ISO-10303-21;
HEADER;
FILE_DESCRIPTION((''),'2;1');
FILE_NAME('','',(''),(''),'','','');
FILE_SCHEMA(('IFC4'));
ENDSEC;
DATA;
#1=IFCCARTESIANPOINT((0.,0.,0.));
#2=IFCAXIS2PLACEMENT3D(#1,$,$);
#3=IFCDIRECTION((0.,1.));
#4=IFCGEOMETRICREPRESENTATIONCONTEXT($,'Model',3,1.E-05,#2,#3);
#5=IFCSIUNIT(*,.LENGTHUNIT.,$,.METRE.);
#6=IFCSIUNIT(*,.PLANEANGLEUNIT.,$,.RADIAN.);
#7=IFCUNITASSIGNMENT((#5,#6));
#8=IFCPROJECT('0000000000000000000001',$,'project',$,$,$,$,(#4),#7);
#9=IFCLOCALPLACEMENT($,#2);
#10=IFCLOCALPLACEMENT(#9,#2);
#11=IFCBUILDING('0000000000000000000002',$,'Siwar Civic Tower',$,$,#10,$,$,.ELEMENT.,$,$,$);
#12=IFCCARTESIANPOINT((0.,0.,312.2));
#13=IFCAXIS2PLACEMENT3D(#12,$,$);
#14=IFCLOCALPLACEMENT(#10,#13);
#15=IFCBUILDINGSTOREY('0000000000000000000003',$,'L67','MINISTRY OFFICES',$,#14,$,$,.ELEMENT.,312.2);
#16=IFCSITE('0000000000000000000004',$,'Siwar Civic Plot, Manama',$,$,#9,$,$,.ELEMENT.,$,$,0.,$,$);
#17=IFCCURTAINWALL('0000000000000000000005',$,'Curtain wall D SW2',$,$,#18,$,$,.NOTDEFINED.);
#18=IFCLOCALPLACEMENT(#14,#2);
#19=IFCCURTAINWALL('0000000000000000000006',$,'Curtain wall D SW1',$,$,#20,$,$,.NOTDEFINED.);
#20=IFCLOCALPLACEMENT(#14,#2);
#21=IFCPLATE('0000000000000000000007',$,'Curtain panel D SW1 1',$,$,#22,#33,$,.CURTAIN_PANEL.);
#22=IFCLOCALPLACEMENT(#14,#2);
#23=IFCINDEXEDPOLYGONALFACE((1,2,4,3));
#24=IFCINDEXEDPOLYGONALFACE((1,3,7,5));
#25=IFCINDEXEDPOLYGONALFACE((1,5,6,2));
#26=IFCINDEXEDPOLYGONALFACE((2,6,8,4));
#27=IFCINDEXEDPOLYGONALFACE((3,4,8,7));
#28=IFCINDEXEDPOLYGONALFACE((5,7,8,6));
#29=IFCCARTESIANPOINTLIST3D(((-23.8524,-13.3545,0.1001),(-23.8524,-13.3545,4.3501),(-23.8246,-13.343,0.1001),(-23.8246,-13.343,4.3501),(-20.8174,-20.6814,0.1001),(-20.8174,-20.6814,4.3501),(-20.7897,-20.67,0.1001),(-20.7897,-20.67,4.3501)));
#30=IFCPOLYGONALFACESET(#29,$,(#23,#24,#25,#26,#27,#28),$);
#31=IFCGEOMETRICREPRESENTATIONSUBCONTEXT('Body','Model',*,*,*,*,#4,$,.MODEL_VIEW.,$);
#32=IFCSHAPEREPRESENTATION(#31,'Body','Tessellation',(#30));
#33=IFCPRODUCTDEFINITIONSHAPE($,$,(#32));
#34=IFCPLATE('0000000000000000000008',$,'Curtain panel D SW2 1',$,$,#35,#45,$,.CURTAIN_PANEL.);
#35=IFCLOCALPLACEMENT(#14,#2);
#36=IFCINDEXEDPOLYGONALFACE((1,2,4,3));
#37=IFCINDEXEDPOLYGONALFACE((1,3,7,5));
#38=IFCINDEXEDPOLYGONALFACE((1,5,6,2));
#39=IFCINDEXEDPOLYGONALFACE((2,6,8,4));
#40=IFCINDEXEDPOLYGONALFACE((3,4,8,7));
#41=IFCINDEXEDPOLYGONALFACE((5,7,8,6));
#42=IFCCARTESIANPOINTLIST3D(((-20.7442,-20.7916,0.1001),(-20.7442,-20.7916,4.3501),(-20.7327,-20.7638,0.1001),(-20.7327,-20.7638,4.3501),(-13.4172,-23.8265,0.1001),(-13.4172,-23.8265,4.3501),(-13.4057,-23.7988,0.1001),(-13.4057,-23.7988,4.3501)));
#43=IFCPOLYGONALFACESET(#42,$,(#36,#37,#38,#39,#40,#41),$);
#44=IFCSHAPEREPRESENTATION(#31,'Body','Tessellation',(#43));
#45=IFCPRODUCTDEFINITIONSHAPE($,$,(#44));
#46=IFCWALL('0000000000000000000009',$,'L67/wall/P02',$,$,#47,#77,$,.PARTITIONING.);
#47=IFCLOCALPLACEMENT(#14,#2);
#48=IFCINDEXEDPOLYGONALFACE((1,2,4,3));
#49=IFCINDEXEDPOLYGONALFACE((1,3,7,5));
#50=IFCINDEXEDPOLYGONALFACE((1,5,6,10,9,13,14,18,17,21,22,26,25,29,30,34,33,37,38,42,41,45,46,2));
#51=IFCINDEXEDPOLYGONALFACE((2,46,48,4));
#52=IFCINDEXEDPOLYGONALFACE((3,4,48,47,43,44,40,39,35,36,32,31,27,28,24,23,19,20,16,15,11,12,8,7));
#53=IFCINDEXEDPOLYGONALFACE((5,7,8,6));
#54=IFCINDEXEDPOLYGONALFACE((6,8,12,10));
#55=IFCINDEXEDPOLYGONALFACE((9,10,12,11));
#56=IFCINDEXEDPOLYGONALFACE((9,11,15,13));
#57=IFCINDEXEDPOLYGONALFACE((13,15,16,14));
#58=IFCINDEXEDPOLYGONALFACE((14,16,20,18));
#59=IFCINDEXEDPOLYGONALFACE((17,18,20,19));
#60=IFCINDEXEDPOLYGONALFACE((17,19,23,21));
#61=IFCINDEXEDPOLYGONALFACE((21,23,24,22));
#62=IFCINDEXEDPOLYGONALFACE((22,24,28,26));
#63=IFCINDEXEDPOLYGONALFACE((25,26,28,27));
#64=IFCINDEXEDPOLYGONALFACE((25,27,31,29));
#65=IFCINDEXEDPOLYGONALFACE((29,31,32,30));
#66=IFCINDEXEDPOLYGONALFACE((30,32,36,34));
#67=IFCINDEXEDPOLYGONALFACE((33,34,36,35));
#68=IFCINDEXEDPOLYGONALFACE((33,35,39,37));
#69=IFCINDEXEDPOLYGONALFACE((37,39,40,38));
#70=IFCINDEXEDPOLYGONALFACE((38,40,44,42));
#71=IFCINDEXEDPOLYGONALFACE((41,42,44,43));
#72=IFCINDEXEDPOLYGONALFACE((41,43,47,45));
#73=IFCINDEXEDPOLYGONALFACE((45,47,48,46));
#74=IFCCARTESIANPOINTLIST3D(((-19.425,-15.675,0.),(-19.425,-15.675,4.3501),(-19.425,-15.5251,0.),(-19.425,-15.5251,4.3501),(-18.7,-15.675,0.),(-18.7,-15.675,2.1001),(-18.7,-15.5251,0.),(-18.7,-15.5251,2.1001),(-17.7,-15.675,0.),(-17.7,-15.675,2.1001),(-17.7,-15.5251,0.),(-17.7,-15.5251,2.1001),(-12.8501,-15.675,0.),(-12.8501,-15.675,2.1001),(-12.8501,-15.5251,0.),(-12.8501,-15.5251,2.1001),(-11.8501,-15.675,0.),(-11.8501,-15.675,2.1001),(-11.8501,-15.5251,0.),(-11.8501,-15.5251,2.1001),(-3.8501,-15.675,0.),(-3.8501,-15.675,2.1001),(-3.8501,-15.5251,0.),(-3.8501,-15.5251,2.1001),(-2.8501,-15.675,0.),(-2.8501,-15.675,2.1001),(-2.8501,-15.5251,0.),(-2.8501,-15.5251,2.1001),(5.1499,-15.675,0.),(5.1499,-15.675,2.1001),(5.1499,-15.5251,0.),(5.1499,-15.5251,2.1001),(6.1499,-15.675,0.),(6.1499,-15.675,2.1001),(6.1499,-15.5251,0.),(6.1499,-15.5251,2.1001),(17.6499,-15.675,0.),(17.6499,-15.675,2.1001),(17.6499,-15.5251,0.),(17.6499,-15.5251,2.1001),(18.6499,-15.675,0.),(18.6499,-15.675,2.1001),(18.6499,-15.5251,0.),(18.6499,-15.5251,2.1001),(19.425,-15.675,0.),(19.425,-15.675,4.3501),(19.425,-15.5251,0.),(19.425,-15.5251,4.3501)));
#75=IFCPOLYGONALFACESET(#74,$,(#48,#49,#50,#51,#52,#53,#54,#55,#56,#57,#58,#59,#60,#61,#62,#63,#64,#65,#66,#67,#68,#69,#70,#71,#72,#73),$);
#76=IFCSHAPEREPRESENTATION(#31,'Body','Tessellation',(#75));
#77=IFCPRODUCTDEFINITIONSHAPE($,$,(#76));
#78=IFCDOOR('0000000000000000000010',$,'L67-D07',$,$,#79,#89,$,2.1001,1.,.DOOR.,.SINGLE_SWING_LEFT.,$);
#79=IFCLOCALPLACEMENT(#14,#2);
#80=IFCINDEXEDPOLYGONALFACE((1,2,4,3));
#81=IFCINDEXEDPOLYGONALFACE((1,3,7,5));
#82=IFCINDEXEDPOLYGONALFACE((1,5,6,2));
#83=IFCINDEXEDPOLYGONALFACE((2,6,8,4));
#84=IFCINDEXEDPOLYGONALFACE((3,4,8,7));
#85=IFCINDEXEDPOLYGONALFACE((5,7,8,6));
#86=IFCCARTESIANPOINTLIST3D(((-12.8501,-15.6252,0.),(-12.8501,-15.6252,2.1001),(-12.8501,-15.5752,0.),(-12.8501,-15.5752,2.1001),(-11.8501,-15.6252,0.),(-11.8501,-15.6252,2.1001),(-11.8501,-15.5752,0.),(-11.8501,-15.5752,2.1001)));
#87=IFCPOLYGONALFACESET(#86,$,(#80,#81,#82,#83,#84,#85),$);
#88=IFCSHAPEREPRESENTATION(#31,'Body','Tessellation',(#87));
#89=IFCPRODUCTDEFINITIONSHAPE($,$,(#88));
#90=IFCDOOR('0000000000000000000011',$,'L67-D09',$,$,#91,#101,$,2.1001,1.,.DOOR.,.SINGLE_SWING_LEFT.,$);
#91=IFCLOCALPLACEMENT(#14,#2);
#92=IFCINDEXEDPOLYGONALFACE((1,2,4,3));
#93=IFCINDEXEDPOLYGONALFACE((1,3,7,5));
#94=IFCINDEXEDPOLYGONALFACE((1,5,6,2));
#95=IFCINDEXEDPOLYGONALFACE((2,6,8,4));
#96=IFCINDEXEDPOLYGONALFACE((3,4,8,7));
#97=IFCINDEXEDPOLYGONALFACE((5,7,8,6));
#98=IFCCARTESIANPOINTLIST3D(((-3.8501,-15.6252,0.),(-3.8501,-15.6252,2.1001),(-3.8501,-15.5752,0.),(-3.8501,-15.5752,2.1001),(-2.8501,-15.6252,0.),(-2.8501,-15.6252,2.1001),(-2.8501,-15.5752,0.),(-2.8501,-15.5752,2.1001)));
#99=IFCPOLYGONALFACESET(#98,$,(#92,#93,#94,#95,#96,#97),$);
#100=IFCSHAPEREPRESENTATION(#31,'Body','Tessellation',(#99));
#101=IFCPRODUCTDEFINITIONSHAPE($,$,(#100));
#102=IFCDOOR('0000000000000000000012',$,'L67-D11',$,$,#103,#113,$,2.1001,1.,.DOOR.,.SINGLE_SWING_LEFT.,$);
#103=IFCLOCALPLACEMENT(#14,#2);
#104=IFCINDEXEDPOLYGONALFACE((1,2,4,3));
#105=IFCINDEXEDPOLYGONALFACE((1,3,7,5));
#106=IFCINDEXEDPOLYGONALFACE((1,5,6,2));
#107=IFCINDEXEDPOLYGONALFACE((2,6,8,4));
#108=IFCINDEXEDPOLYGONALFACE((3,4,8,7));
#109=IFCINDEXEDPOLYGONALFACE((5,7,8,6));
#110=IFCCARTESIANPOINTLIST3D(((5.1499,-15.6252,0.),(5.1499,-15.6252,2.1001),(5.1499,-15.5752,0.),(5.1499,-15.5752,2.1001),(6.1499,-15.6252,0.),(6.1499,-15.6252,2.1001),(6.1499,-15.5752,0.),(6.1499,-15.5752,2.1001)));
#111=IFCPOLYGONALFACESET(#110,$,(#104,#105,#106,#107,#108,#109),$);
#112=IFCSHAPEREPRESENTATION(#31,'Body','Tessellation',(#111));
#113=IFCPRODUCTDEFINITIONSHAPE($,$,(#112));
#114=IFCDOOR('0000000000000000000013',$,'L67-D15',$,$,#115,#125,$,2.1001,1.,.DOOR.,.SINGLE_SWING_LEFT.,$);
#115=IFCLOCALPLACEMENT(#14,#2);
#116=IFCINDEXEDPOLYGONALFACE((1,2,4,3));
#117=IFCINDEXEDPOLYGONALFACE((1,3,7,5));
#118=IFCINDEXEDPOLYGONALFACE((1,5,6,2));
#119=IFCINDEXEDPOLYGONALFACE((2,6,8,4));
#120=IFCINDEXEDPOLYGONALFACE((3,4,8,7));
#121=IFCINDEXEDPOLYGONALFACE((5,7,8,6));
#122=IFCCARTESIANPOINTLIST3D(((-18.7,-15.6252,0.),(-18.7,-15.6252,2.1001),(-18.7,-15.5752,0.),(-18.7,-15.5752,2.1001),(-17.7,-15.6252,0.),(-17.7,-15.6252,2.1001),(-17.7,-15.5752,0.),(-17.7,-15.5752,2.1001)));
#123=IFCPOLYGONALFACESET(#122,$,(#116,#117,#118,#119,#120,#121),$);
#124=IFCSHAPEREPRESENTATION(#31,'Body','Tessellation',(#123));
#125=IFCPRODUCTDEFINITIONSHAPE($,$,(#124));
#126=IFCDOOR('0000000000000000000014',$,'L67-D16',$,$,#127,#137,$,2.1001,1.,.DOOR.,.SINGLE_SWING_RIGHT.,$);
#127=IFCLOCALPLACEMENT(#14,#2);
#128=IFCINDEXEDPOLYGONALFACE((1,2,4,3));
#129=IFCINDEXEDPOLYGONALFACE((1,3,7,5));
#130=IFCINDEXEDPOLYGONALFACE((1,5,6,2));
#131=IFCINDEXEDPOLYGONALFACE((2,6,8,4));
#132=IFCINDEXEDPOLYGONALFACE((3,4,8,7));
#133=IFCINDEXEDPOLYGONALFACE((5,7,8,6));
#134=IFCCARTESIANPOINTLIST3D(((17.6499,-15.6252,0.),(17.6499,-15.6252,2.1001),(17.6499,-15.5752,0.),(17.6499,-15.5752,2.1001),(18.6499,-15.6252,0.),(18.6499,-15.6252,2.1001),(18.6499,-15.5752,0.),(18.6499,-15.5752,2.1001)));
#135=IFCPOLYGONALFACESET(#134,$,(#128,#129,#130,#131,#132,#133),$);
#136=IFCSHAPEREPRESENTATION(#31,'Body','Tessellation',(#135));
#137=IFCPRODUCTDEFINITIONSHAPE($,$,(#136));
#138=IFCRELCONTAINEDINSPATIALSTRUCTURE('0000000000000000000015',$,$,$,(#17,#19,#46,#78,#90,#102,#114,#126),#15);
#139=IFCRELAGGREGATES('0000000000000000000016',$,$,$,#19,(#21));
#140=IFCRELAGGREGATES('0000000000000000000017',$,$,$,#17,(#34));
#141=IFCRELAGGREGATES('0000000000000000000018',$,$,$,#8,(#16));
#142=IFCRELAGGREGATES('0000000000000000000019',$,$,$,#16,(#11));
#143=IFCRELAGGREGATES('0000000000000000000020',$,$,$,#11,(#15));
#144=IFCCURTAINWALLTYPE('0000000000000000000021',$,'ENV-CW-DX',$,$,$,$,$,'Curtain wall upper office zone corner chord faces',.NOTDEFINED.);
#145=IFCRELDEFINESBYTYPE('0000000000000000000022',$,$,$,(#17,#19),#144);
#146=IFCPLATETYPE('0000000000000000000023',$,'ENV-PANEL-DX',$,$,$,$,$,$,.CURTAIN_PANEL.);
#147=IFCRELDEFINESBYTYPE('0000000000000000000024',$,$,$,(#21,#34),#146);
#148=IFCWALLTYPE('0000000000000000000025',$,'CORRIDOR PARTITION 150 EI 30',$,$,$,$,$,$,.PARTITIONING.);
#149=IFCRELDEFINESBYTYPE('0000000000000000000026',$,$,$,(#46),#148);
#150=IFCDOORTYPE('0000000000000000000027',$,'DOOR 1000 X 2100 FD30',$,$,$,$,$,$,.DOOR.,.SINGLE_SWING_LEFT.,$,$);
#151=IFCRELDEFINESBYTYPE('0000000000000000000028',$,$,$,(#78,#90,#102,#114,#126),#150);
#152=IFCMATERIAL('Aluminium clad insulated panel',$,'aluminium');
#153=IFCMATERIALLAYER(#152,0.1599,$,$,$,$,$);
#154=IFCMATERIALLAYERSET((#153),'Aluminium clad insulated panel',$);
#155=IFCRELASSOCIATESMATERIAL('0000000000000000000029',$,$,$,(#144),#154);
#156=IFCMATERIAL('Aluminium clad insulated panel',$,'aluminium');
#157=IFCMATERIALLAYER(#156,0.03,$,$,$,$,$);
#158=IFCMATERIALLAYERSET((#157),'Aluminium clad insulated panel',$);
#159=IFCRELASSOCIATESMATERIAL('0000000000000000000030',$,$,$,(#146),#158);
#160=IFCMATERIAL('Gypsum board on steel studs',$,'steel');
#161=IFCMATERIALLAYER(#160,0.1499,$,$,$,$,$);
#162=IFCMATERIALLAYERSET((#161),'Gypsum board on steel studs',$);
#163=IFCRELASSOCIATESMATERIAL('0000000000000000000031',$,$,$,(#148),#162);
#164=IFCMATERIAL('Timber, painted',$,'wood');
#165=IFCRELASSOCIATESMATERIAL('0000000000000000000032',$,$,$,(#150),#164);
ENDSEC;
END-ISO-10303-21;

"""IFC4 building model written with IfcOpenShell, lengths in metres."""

from ifc_helpers import new_model, si_unit, direction, frame, frame_2d, origin, origin_2d, place, context, subcontext, project, spatial, rectangle, extrude, material, layer, layer_set, type_object, element, fill, aggregate, save


model = new_model("IFC4")

# Units and contexts
model_context = context("Model", 3, precision=1e-05, world=origin(), true_north=direction((0.0, 1.0)))
body_context = subcontext(model_context, "Body", "Model", "MODEL_VIEW")
ifc_project = project(units=[si_unit("LENGTHUNIT", "METRE"), si_unit("PLANEANGLEUNIT", "RADIAN")], contexts=[model_context])

# Site, building, storey
site_placement = place(None, origin())
site = spatial("IfcSite", under=ifc_project, at=site_placement, Name="Siwar Civic Plot, Manama", CompositionType="ELEMENT", RefElevation=0.0)
building_placement = place(site_placement, origin())
building = spatial("IfcBuilding", under=site, at=building_placement, Name="Siwar Civic Tower", CompositionType="ELEMENT")
storey_placement = place(building_placement, frame((0.0, 0.0, 312.2)))
storey = spatial("IfcBuildingStorey", under=building, at=storey_placement, Name="L67", Description="MINISTRY OFFICES", CompositionType="ELEMENT", Elevation=312.2)

# Curtain wall
ifc_material_1 = material(Name="Aluminium clad insulated panel", Category="aluminium")
ifc_layer_1 = layer(ifc_material_1, 0.1599)
ifc_layer_set_1 = layer_set([ifc_layer_1], Name="Aluminium clad insulated panel")
curtain_wall_type = type_object("IfcCurtainWallType", Name="ENV-CW-DX", ElementType="Curtain wall upper office zone corner chord faces", PredefinedType="NOTDEFINED", material=ifc_layer_set_1)
curtain_wall_1_placement = place(storey_placement, origin())
curtain_wall_1 = element("IfcCurtainWall", 1, at=curtain_wall_1_placement, inside=storey, type_object=curtain_wall_type, Name="Curtain wall D SW2", PredefinedType="NOTDEFINED")

# Curtain wall, plate
curtain_wall_2_placement = place(storey_placement, origin())
curtain_wall_2 = element("IfcCurtainWall", 2, at=curtain_wall_2_placement, inside=storey, type_object=curtain_wall_type, Name="Curtain wall D SW1", PredefinedType="NOTDEFINED")
ifc_material_2 = material(Name="Aluminium clad insulated panel", Category="aluminium")
ifc_layer_2 = layer(ifc_material_2, 0.03)
ifc_layer_set_2 = layer_set([ifc_layer_2], Name="Aluminium clad insulated panel")
plate_type = type_object("IfcPlateType", Name="ENV-PANEL-DX", PredefinedType="CURTAIN_PANEL", material=ifc_layer_set_2)
plate_1_placement = place(storey_placement, frame((-22.321, -17.0122, 0.1001), z_axis=(0.0, 0.0, 1.0), x_axis=(0.382683, -0.92388, 0.0)))
plate_1 = element("IfcPlate", 3, at=plate_1_placement, type_object=plate_type, Name="Curtain panel D SW1 1", PredefinedType="CURTAIN_PANEL", context=body_context, shape_type="SweptSolid", body=[
    extrude(rectangle(XDim=7.9307, YDim=0.03, at=origin_2d()), origin(), (0.0, 0.0, 1.0), 4.25),
])
aggregate(curtain_wall_2, [plate_1])

# Plate
plate_2_placement = place(storey_placement, frame((-17.075, -22.2952, 0.1001), z_axis=(0.0, 0.0, 1.0), x_axis=(0.92388, -0.382683, 0.0)))
plate_2 = element("IfcPlate", 4, at=plate_2_placement, type_object=plate_type, Name="Curtain panel D SW2 1", PredefinedType="CURTAIN_PANEL", context=body_context, shape_type="SweptSolid", body=[
    extrude(rectangle(XDim=7.9307, YDim=0.03, at=origin_2d()), origin(), (0.0, 0.0, 1.0), 4.25),
])
aggregate(curtain_wall_1, [plate_2])

# Wall, openings, doors
ifc_material_3 = material(Name="Gypsum board on steel studs", Category="steel")
ifc_layer_3 = layer(ifc_material_3, 0.1499)
ifc_layer_set_3 = layer_set([ifc_layer_3], Name="Gypsum board on steel studs")
wall_type = type_object("IfcWallType", Name="CORRIDOR PARTITION 150 EI 30", PredefinedType="PARTITIONING", material=ifc_layer_set_3)
wall_1_placement = place(storey_placement, frame((-19.425, -15.6001, 0.0), z_axis=(0.0, 0.0, 1.0), x_axis=(1.0, 0.0, 0.0)))
wall_1 = element("IfcWall", 5, at=wall_1_placement, inside=storey, type_object=wall_type, Name="L67/wall/P02", PredefinedType="PARTITIONING", context=body_context, shape_type="SweptSolid", body=[
    extrude(rectangle(XDim=38.8501, YDim=0.1499, at=frame_2d((19.425, 0.0))), origin(), (0.0, 0.0, 1.0), 4.3501),
])
opening_1_placement = place(wall_1_placement, frame((6.575, 0.0, 0.0)))
opening_1 = element("IfcOpeningElement", 6, at=opening_1_placement, cuts=wall_1, PredefinedType="OPENING", context=body_context, shape_type="SweptSolid", body=[
    extrude(rectangle(XDim=1.0, YDim=2.1001, at=frame_2d((0.5, 1.05))), frame((0.0, 0.085, 0.0), z_axis=(0.0, -1.0, 0.0), x_axis=(1.0, 0.0, 0.0)), (0.0, 0.0, 1.0), 0.1699),
])
opening_2_placement = place(wall_1_placement, frame((15.575, 0.0, 0.0)))
opening_2 = element("IfcOpeningElement", 7, at=opening_2_placement, cuts=wall_1, PredefinedType="OPENING", context=body_context, shape_type="SweptSolid", body=[
    extrude(rectangle(XDim=1.0, YDim=2.1001, at=frame_2d((0.5, 1.05))), frame((0.0, 0.085, 0.0), z_axis=(0.0, -1.0, 0.0), x_axis=(1.0, 0.0, 0.0)), (0.0, 0.0, 1.0), 0.1699),
])
opening_3_placement = place(wall_1_placement, frame((24.575, 0.0, 0.0)))
opening_3 = element("IfcOpeningElement", 8, at=opening_3_placement, cuts=wall_1, PredefinedType="OPENING", context=body_context, shape_type="SweptSolid", body=[
    extrude(rectangle(XDim=1.0, YDim=2.1001, at=frame_2d((0.5, 1.05))), frame((0.0, 0.085, 0.0), z_axis=(0.0, -1.0, 0.0), x_axis=(1.0, 0.0, 0.0)), (0.0, 0.0, 1.0), 0.1699),
])
opening_4_placement = place(wall_1_placement, frame((0.7251, 0.0, 0.0)))
opening_4 = element("IfcOpeningElement", 9, at=opening_4_placement, cuts=wall_1, PredefinedType="OPENING", context=body_context, shape_type="SweptSolid", body=[
    extrude(rectangle(XDim=1.0, YDim=2.1001, at=frame_2d((0.5, 1.05))), frame((0.0, 0.085, 0.0), z_axis=(0.0, -1.0, 0.0), x_axis=(1.0, 0.0, 0.0)), (0.0, 0.0, 1.0), 0.1699),
])
opening_5_placement = place(wall_1_placement, frame((37.075, 0.0, 0.0)))
opening_5 = element("IfcOpeningElement", 10, at=opening_5_placement, cuts=wall_1, PredefinedType="OPENING", context=body_context, shape_type="SweptSolid", body=[
    extrude(rectangle(XDim=1.0, YDim=2.1001, at=frame_2d((0.5, 1.05))), frame((0.0, 0.085, 0.0), z_axis=(0.0, -1.0, 0.0), x_axis=(1.0, 0.0, 0.0)), (0.0, 0.0, 1.0), 0.1699),
])
ifc_material_4 = material(Name="Timber, painted", Category="wood")
door_type = type_object("IfcDoorType", Name="DOOR 1000 X 2100 FD30", OperationType="SINGLE_SWING_LEFT", PredefinedType="DOOR", material=ifc_material_4)
door_1_placement = place(opening_1_placement, origin())
door_1 = element("IfcDoor", 11, at=door_1_placement, inside=storey, type_object=door_type, Name="L67-D07", OperationType="SINGLE_SWING_LEFT", OverallHeight=2.1001, OverallWidth=1.0, PredefinedType="DOOR", context=body_context, shape_type="SweptSolid", body=[
    extrude(rectangle(XDim=1.0, YDim=2.1001, at=frame_2d((0.5, 1.05))), frame((0.0, 0.0249, 0.0), z_axis=(0.0, -1.0, 0.0), x_axis=(1.0, 0.0, 0.0)), (0.0, 0.0, 1.0), 0.05),
])
fill(opening_1, door_1)
door_2_placement = place(opening_2_placement, origin())
door_2 = element("IfcDoor", 12, at=door_2_placement, inside=storey, type_object=door_type, Name="L67-D09", OperationType="SINGLE_SWING_LEFT", OverallHeight=2.1001, OverallWidth=1.0, PredefinedType="DOOR", context=body_context, shape_type="SweptSolid", body=[
    extrude(rectangle(XDim=1.0, YDim=2.1001, at=frame_2d((0.5, 1.05))), frame((0.0, 0.0249, 0.0), z_axis=(0.0, -1.0, 0.0), x_axis=(1.0, 0.0, 0.0)), (0.0, 0.0, 1.0), 0.05),
])
fill(opening_2, door_2)
door_3_placement = place(opening_3_placement, origin())
door_3 = element("IfcDoor", 13, at=door_3_placement, inside=storey, type_object=door_type, Name="L67-D11", OperationType="SINGLE_SWING_LEFT", OverallHeight=2.1001, OverallWidth=1.0, PredefinedType="DOOR", context=body_context, shape_type="SweptSolid", body=[
    extrude(rectangle(XDim=1.0, YDim=2.1001, at=frame_2d((0.5, 1.05))), frame((0.0, 0.0249, 0.0), z_axis=(0.0, -1.0, 0.0), x_axis=(1.0, 0.0, 0.0)), (0.0, 0.0, 1.0), 0.05),
])
fill(opening_3, door_3)
door_4_placement = place(opening_4_placement, origin())
door_4 = element("IfcDoor", 14, at=door_4_placement, inside=storey, type_object=door_type, Name="L67-D15", OperationType="SINGLE_SWING_LEFT", OverallHeight=2.1001, OverallWidth=1.0, PredefinedType="DOOR", context=body_context, shape_type="SweptSolid", body=[
    extrude(rectangle(XDim=1.0, YDim=2.1001, at=frame_2d((0.5, 1.05))), frame((0.0, 0.0249, 0.0), z_axis=(0.0, -1.0, 0.0), x_axis=(1.0, 0.0, 0.0)), (0.0, 0.0, 1.0), 0.05),
])
fill(opening_4, door_4)
door_5_placement = place(opening_5_placement, origin())
door_5 = element("IfcDoor", 15, at=door_5_placement, inside=storey, type_object=door_type, Name="L67-D16", OperationType="SINGLE_SWING_RIGHT", OverallHeight=2.1001, OverallWidth=1.0, PredefinedType="DOOR", context=body_context, shape_type="SweptSolid", body=[
    extrude(rectangle(XDim=1.0, YDim=2.1001, at=frame_2d((0.5, 1.05))), frame((0.0, 0.0249, 0.0), z_axis=(0.0, -1.0, 0.0), x_axis=(1.0, 0.0, 0.0)), (0.0, 0.0, 1.0), 0.05),
])
fill(opening_5, door_5)

save(model, "model.ifc")
